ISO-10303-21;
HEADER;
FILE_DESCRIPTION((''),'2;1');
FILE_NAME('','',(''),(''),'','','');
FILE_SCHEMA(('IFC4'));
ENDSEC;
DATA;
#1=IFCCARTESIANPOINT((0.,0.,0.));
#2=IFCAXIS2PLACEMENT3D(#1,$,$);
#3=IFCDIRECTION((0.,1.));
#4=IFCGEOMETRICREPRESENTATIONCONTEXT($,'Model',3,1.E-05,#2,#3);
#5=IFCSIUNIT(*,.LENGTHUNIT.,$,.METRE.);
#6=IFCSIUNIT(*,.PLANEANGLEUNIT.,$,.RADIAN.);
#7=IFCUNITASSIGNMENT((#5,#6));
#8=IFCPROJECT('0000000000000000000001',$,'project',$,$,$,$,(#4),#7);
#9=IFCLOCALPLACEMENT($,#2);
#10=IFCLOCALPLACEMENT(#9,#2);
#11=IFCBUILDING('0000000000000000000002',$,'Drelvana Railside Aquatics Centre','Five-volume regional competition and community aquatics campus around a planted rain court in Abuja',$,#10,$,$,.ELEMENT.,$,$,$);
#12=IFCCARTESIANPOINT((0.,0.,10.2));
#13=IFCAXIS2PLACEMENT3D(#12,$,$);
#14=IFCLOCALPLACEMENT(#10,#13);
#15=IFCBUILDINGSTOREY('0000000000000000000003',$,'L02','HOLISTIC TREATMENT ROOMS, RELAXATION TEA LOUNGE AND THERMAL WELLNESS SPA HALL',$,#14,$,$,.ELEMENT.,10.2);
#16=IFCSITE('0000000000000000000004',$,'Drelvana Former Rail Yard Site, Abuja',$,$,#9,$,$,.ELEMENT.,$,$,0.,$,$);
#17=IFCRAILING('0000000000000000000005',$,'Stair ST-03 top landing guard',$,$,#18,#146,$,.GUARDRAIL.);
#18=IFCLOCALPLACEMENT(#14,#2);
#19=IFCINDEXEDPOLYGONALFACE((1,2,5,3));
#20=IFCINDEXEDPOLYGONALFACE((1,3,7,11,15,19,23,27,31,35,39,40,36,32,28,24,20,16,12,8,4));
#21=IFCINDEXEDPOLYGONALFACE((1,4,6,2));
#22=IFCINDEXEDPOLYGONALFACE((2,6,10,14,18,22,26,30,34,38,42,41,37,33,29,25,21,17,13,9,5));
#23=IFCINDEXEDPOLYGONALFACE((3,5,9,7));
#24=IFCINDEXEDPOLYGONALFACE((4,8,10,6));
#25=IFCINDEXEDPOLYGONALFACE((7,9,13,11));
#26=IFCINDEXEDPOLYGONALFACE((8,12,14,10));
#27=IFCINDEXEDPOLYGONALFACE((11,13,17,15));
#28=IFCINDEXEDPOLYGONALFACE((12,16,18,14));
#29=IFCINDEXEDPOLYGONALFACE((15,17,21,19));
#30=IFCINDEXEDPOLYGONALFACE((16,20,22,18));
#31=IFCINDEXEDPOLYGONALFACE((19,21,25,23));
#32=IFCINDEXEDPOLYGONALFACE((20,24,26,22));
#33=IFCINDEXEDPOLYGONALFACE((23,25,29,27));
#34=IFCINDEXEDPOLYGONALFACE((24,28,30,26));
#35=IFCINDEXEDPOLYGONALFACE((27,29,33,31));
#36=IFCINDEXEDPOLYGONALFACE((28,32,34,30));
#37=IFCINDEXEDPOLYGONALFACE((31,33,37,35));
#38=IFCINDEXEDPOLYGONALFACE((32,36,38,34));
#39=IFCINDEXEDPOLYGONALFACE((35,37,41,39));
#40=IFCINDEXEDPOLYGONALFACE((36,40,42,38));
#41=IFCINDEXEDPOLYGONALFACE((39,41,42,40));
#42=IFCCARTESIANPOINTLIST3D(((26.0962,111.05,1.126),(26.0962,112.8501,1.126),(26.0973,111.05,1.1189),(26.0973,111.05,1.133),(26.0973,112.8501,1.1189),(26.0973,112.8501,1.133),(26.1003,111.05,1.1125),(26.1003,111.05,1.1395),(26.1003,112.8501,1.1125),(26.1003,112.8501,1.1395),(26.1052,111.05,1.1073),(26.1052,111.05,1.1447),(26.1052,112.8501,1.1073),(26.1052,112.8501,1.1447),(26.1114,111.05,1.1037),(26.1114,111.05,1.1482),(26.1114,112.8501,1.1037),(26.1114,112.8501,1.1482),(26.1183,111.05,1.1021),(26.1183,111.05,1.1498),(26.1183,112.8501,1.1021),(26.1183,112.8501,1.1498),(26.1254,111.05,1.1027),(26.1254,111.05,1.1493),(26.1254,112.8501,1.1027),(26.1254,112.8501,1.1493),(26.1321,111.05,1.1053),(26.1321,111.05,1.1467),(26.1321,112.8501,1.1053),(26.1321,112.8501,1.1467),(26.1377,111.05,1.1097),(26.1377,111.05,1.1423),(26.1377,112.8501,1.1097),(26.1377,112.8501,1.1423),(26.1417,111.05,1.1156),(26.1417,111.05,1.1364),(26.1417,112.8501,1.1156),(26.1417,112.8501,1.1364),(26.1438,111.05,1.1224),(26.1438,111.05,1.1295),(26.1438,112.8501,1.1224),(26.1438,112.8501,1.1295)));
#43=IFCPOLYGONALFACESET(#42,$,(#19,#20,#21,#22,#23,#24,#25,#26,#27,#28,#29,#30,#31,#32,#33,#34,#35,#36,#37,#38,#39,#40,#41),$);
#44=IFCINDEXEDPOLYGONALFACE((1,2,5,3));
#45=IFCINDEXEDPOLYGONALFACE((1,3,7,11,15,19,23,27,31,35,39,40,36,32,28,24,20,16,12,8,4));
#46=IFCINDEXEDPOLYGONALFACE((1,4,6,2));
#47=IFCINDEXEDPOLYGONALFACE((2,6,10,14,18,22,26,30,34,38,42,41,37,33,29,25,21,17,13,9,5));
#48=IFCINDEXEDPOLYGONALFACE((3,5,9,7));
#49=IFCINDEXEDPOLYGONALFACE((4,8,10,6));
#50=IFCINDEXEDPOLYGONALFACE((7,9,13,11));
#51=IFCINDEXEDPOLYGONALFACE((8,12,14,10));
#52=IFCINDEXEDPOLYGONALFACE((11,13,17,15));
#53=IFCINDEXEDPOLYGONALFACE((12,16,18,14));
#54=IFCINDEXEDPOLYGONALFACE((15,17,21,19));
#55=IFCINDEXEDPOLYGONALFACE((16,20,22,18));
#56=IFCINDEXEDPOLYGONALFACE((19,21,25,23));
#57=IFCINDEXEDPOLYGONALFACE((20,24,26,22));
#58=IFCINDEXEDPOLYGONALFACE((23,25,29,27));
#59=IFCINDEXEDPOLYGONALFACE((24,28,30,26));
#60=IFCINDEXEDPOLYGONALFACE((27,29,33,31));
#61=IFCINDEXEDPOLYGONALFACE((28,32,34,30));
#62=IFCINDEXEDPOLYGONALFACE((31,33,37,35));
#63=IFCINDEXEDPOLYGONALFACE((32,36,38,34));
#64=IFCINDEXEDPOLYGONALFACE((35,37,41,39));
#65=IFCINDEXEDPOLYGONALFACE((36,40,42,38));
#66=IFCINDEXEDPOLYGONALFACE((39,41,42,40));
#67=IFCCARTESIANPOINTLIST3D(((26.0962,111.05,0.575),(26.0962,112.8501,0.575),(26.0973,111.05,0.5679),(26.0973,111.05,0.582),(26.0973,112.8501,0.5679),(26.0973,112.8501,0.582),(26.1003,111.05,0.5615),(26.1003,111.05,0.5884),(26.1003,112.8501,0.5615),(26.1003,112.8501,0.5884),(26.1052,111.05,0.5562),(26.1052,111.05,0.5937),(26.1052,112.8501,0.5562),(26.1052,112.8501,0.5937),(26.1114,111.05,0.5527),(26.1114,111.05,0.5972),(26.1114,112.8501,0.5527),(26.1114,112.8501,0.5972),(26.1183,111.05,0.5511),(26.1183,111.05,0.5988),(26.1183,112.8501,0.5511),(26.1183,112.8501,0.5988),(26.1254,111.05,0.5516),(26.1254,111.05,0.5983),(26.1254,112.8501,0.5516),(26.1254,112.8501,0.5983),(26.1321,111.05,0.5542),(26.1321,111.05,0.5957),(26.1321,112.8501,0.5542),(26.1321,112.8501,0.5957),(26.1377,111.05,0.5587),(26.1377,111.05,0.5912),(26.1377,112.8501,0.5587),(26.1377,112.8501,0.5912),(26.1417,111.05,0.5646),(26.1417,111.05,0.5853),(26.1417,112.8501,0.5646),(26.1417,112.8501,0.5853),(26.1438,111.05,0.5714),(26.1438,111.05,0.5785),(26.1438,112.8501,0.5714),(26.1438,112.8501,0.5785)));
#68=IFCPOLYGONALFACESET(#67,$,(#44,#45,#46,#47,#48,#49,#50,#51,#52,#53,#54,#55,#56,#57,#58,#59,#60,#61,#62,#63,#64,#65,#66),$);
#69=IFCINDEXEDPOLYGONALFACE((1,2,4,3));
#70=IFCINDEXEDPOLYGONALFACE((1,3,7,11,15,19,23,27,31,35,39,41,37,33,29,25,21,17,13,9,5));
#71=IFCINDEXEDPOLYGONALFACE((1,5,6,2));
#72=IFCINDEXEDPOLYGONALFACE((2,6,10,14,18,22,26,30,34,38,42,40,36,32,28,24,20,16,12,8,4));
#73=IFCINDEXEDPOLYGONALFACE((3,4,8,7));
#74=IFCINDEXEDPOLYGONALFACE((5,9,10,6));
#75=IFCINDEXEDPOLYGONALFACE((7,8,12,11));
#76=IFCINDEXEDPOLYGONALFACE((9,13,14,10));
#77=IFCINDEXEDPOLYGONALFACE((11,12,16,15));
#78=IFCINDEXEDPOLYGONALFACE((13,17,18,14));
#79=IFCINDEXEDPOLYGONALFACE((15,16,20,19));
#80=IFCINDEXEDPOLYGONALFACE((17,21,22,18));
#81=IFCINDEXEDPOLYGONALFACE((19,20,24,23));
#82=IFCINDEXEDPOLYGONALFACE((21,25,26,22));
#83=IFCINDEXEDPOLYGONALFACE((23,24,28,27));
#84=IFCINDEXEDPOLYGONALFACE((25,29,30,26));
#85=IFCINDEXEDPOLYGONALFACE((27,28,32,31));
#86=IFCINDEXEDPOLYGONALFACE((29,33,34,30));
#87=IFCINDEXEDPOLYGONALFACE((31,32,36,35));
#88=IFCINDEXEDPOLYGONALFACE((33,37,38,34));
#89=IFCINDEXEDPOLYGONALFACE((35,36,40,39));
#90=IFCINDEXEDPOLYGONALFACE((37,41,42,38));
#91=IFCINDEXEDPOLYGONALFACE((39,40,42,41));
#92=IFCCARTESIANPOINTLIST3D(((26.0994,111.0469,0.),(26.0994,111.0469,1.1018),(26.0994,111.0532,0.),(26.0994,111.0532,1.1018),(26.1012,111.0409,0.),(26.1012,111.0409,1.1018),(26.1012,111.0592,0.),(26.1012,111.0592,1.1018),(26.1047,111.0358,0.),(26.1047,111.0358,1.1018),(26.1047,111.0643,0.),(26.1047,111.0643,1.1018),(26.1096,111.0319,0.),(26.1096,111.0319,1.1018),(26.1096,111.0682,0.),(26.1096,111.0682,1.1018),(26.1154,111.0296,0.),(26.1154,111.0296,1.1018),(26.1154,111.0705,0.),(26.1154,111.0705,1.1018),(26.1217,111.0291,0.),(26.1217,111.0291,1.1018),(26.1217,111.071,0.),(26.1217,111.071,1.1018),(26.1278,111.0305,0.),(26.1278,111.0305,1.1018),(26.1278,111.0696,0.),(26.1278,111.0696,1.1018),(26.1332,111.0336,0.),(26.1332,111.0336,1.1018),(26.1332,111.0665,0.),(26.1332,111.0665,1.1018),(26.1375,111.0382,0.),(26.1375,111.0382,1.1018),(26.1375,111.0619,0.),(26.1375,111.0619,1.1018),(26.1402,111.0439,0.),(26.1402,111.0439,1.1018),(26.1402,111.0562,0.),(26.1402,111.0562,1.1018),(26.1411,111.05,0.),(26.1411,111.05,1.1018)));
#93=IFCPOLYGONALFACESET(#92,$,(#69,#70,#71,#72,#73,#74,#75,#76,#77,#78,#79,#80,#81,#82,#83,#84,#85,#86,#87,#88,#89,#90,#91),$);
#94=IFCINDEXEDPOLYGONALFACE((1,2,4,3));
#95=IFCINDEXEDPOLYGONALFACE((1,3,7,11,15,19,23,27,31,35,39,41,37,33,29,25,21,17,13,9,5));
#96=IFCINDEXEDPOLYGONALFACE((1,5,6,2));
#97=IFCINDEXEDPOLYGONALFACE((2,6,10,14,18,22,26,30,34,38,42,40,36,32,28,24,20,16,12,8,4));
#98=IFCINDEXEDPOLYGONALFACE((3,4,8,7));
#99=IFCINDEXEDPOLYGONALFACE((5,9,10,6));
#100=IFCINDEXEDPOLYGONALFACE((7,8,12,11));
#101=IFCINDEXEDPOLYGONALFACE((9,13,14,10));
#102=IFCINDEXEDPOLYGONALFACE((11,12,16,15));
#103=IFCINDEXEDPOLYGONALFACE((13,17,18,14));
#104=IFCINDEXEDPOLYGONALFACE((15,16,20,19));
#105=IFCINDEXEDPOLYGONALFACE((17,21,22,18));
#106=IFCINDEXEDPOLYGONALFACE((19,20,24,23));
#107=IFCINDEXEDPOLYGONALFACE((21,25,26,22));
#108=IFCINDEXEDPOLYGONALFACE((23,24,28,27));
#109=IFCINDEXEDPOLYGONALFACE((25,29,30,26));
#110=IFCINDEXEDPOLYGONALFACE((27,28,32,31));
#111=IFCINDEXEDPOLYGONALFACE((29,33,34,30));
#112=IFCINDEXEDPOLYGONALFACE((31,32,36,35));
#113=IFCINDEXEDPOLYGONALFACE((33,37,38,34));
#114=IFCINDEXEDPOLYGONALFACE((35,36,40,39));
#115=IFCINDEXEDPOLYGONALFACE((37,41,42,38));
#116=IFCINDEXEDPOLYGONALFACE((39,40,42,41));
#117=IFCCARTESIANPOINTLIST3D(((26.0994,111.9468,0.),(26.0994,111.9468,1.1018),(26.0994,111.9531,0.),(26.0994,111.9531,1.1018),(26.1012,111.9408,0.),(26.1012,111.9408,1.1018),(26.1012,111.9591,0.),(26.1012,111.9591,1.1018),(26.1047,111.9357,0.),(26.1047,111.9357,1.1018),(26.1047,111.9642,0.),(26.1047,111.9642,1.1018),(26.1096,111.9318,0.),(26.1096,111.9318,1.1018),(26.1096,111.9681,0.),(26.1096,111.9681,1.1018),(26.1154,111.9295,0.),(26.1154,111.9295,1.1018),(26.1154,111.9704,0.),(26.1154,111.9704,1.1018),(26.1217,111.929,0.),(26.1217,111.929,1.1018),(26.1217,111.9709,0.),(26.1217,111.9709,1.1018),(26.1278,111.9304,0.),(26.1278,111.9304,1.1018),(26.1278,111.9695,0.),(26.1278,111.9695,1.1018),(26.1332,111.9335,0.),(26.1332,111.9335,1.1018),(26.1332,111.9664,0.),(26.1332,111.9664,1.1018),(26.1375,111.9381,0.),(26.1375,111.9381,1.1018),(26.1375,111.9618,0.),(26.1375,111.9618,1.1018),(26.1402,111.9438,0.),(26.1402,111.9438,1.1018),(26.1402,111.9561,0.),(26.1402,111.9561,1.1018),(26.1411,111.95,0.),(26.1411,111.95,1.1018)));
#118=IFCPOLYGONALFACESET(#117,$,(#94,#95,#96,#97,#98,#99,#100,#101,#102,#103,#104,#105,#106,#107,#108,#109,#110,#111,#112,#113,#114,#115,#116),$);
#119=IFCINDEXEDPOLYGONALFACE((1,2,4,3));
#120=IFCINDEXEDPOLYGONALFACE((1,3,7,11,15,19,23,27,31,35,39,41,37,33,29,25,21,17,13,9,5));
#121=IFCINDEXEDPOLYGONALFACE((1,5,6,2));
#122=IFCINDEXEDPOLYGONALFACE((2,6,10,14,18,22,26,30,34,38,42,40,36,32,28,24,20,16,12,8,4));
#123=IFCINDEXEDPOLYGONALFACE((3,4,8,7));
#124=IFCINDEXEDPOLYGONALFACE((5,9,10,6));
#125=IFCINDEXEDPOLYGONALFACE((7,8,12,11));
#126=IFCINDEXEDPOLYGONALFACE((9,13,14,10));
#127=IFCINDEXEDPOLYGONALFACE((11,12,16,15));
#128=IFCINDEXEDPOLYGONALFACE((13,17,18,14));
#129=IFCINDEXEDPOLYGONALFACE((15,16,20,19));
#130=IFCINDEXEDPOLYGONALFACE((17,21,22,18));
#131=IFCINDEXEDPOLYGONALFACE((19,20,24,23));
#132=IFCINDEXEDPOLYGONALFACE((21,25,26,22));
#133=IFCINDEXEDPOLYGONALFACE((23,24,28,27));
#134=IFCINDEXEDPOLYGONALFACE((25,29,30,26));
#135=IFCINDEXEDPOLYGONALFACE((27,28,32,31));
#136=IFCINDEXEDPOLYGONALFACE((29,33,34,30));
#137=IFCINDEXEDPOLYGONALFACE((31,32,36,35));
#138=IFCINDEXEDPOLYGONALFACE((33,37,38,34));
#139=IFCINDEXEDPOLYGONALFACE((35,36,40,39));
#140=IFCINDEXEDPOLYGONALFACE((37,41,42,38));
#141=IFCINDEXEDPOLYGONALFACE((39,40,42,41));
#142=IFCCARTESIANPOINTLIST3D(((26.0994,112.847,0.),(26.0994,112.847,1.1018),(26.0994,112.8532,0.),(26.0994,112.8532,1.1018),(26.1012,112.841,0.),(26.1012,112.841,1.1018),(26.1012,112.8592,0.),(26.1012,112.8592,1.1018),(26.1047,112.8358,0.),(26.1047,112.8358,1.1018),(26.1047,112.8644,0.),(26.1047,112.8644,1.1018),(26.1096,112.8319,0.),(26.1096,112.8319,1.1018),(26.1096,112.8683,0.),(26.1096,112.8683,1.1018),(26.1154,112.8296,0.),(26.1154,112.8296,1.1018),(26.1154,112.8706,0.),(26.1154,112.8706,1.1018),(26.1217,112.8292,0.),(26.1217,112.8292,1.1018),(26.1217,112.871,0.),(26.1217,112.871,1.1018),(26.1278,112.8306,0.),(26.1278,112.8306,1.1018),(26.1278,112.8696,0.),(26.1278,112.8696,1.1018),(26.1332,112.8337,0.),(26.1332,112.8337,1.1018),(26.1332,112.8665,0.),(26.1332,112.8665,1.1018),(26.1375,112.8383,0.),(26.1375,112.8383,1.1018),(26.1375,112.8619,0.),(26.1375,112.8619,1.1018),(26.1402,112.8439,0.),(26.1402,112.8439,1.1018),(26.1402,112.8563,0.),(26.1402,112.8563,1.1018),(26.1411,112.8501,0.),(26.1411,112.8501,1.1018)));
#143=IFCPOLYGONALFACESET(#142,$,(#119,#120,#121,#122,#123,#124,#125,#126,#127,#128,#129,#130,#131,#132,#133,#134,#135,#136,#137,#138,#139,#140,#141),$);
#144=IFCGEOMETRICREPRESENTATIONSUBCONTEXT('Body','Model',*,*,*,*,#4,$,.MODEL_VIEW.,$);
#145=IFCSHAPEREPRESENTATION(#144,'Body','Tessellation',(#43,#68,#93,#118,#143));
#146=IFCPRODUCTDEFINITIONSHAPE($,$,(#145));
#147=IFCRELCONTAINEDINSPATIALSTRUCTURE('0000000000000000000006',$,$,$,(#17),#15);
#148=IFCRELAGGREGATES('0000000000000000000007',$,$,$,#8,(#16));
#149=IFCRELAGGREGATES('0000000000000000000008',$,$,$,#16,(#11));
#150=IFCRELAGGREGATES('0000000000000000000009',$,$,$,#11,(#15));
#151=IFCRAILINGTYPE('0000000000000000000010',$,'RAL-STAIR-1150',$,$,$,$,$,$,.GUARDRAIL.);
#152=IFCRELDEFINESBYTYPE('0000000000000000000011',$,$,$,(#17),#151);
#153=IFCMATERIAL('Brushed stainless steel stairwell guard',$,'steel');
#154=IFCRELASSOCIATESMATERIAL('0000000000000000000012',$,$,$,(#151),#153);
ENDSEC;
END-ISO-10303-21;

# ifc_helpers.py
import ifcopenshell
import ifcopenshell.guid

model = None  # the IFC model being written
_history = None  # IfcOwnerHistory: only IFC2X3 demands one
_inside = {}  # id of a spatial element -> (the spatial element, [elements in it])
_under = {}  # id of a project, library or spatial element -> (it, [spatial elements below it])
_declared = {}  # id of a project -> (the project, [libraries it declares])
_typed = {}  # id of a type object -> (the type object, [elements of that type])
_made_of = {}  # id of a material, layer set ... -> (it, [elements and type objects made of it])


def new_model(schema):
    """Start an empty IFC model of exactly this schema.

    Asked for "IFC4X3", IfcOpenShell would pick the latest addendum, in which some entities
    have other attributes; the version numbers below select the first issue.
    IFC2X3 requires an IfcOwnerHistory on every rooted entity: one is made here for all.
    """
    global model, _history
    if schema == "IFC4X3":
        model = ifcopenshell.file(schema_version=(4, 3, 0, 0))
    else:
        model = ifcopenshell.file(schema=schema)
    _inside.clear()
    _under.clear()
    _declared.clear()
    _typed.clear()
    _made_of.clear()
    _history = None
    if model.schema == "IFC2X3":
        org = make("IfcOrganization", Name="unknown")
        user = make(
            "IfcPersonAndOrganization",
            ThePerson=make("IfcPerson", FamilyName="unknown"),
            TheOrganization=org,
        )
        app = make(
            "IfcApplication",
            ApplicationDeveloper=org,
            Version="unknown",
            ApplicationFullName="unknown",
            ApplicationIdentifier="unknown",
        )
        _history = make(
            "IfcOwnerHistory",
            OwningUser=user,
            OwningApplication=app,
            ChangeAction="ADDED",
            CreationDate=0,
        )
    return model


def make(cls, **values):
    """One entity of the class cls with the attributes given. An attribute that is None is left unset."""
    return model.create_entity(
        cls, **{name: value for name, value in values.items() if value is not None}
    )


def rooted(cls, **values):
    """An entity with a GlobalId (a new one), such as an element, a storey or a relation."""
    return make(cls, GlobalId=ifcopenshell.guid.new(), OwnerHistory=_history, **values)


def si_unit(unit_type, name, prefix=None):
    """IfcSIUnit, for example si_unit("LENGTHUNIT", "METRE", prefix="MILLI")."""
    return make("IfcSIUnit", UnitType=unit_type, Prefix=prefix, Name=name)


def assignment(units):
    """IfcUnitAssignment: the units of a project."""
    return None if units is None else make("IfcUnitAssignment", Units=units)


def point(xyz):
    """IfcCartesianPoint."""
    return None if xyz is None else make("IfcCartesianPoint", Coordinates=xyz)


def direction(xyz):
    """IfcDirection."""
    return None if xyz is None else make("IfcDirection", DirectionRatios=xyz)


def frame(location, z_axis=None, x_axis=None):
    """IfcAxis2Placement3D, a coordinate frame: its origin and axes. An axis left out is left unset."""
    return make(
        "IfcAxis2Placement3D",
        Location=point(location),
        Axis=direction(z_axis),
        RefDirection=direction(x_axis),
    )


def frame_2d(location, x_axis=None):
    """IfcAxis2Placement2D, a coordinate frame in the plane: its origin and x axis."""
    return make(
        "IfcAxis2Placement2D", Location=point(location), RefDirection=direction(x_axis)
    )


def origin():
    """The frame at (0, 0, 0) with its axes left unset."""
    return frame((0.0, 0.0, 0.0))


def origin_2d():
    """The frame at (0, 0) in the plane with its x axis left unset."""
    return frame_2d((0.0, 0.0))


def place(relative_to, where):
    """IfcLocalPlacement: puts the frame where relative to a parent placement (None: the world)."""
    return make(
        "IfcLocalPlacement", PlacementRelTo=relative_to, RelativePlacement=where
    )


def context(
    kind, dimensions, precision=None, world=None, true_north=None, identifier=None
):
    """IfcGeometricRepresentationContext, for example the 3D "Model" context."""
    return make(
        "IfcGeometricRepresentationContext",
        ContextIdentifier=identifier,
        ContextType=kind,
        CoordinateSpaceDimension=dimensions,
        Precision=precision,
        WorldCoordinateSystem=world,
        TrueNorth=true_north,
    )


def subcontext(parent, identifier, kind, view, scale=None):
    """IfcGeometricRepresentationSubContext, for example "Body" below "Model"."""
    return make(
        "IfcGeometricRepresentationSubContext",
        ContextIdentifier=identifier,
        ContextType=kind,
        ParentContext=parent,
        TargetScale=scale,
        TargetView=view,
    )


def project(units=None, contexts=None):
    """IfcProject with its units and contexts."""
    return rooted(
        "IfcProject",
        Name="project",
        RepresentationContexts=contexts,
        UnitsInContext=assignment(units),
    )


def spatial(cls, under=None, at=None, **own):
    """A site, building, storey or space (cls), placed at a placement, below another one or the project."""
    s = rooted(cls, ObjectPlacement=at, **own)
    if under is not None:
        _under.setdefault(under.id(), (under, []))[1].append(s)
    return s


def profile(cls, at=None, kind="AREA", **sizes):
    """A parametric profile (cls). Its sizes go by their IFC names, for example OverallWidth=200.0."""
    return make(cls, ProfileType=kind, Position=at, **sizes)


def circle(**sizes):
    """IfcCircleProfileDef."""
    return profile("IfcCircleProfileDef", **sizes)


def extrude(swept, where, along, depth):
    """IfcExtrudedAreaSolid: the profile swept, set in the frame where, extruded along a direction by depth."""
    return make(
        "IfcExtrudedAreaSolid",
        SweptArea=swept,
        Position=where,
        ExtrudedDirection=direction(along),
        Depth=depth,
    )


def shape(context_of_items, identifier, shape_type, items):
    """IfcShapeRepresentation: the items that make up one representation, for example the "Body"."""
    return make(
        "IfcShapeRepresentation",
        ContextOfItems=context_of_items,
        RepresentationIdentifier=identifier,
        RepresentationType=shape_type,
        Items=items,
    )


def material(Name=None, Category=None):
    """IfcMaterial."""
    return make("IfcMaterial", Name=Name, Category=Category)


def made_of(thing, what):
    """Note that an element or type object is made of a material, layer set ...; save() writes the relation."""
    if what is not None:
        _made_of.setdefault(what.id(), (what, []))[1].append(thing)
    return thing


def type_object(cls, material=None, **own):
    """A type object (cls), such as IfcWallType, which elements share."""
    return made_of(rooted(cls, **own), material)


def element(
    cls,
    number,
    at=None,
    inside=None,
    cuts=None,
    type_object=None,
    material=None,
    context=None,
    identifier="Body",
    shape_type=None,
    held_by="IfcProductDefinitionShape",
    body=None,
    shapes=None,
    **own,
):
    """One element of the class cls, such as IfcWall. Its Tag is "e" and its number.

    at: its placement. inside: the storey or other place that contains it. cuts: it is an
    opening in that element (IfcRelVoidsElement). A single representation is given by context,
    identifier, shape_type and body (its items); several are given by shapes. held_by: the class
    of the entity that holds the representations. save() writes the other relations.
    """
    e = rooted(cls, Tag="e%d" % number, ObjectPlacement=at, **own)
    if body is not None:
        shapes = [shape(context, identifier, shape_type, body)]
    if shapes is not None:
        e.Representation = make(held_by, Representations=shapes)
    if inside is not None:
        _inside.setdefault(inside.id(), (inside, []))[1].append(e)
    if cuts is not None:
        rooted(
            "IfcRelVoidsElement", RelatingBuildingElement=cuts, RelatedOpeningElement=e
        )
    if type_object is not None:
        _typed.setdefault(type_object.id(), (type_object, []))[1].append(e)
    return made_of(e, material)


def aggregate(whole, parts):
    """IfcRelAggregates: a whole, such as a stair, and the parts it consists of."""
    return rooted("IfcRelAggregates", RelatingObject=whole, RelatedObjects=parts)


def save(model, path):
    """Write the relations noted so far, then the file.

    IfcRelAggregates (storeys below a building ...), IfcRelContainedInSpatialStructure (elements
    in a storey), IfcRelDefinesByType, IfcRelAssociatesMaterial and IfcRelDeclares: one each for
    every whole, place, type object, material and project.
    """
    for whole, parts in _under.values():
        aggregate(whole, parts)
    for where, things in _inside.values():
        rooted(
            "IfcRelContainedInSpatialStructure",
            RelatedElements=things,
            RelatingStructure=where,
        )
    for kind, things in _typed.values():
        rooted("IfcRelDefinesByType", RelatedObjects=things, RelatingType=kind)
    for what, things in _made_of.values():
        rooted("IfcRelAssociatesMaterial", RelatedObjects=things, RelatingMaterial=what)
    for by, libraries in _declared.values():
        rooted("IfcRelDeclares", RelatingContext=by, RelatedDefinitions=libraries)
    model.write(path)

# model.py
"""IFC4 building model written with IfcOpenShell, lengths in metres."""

from ifc_helpers import new_model, si_unit, direction, frame, origin, origin_2d, place, context, subcontext, project, spatial, circle, extrude, material, type_object, element, save


model = new_model("IFC4")

# Units and contexts
model_context = context("Model", 3, precision=1e-05, world=origin(), true_north=direction((0.0, 1.0)))
body_context = subcontext(model_context, "Body", "Model", "MODEL_VIEW")
ifc_project = project(units=[si_unit("LENGTHUNIT", "METRE"), si_unit("PLANEANGLEUNIT", "RADIAN")], contexts=[model_context])

# Site, building, storey
site_placement = place(None, origin())
site = spatial("IfcSite", under=ifc_project, at=site_placement, Name="Drelvana Former Rail Yard Site, Abuja", CompositionType="ELEMENT", RefElevation=0.0)
building_placement = place(site_placement, origin())
building = spatial("IfcBuilding", under=site, at=building_placement, Name="Drelvana Railside Aquatics Centre", Description="Five-volume regional competition and community aquatics campus around a planted rain court in Abuja", CompositionType="ELEMENT")
storey_placement = place(building_placement, frame((0.0, 0.0, 10.2)))
storey = spatial("IfcBuildingStorey", under=building, at=storey_placement, Name="L02", Description="HOLISTIC TREATMENT ROOMS, RELAXATION TEA LOUNGE AND THERMAL WELLNESS SPA HALL", CompositionType="ELEMENT", Elevation=10.2)

# Railing
ifc_material_1 = material(Name="Brushed stainless steel stairwell guard", Category="steel")
railing_type = type_object("IfcRailingType", Name="RAL-STAIR-1150", PredefinedType="GUARDRAIL", material=ifc_material_1)
railing_placement = place(storey_placement, frame((26.1201, 111.05, 0.0)))
element("IfcRailing", 1, at=railing_placement, inside=storey, type_object=railing_type, Name="Stair ST-03 top landing guard", PredefinedType="GUARDRAIL", context=body_context, shape_type="SweptSolid", body=[
    extrude(circle(Radius=0.0239, at=origin_2d()), frame((0.0, 0.0, 1.126), z_axis=(0.0, 1.0, 0.0), x_axis=(-1.0, 0.0, 0.0)), (0.0, 0.0, 1.0), 1.8),
    extrude(circle(Radius=0.0239, at=origin_2d()), frame((0.0, 0.0, 0.575), z_axis=(0.0, 1.0, 0.0), x_axis=(-1.0, 0.0, 0.0)), (0.0, 0.0, 1.0), 1.8),
    extrude(circle(Radius=0.021, at=origin_2d()), origin(), (0.0, 0.0, 1.0), 1.1018),
    extrude(circle(Radius=0.021, at=origin_2d()), frame((0.0, 0.8999, 0.0)), (0.0, 0.0, 1.0), 1.1018),
    extrude(circle(Radius=0.021, at=origin_2d()), frame((0.0, 1.8, 0.0)), (0.0, 0.0, 1.0), 1.1018),
])

save(model, "model.ifc")
